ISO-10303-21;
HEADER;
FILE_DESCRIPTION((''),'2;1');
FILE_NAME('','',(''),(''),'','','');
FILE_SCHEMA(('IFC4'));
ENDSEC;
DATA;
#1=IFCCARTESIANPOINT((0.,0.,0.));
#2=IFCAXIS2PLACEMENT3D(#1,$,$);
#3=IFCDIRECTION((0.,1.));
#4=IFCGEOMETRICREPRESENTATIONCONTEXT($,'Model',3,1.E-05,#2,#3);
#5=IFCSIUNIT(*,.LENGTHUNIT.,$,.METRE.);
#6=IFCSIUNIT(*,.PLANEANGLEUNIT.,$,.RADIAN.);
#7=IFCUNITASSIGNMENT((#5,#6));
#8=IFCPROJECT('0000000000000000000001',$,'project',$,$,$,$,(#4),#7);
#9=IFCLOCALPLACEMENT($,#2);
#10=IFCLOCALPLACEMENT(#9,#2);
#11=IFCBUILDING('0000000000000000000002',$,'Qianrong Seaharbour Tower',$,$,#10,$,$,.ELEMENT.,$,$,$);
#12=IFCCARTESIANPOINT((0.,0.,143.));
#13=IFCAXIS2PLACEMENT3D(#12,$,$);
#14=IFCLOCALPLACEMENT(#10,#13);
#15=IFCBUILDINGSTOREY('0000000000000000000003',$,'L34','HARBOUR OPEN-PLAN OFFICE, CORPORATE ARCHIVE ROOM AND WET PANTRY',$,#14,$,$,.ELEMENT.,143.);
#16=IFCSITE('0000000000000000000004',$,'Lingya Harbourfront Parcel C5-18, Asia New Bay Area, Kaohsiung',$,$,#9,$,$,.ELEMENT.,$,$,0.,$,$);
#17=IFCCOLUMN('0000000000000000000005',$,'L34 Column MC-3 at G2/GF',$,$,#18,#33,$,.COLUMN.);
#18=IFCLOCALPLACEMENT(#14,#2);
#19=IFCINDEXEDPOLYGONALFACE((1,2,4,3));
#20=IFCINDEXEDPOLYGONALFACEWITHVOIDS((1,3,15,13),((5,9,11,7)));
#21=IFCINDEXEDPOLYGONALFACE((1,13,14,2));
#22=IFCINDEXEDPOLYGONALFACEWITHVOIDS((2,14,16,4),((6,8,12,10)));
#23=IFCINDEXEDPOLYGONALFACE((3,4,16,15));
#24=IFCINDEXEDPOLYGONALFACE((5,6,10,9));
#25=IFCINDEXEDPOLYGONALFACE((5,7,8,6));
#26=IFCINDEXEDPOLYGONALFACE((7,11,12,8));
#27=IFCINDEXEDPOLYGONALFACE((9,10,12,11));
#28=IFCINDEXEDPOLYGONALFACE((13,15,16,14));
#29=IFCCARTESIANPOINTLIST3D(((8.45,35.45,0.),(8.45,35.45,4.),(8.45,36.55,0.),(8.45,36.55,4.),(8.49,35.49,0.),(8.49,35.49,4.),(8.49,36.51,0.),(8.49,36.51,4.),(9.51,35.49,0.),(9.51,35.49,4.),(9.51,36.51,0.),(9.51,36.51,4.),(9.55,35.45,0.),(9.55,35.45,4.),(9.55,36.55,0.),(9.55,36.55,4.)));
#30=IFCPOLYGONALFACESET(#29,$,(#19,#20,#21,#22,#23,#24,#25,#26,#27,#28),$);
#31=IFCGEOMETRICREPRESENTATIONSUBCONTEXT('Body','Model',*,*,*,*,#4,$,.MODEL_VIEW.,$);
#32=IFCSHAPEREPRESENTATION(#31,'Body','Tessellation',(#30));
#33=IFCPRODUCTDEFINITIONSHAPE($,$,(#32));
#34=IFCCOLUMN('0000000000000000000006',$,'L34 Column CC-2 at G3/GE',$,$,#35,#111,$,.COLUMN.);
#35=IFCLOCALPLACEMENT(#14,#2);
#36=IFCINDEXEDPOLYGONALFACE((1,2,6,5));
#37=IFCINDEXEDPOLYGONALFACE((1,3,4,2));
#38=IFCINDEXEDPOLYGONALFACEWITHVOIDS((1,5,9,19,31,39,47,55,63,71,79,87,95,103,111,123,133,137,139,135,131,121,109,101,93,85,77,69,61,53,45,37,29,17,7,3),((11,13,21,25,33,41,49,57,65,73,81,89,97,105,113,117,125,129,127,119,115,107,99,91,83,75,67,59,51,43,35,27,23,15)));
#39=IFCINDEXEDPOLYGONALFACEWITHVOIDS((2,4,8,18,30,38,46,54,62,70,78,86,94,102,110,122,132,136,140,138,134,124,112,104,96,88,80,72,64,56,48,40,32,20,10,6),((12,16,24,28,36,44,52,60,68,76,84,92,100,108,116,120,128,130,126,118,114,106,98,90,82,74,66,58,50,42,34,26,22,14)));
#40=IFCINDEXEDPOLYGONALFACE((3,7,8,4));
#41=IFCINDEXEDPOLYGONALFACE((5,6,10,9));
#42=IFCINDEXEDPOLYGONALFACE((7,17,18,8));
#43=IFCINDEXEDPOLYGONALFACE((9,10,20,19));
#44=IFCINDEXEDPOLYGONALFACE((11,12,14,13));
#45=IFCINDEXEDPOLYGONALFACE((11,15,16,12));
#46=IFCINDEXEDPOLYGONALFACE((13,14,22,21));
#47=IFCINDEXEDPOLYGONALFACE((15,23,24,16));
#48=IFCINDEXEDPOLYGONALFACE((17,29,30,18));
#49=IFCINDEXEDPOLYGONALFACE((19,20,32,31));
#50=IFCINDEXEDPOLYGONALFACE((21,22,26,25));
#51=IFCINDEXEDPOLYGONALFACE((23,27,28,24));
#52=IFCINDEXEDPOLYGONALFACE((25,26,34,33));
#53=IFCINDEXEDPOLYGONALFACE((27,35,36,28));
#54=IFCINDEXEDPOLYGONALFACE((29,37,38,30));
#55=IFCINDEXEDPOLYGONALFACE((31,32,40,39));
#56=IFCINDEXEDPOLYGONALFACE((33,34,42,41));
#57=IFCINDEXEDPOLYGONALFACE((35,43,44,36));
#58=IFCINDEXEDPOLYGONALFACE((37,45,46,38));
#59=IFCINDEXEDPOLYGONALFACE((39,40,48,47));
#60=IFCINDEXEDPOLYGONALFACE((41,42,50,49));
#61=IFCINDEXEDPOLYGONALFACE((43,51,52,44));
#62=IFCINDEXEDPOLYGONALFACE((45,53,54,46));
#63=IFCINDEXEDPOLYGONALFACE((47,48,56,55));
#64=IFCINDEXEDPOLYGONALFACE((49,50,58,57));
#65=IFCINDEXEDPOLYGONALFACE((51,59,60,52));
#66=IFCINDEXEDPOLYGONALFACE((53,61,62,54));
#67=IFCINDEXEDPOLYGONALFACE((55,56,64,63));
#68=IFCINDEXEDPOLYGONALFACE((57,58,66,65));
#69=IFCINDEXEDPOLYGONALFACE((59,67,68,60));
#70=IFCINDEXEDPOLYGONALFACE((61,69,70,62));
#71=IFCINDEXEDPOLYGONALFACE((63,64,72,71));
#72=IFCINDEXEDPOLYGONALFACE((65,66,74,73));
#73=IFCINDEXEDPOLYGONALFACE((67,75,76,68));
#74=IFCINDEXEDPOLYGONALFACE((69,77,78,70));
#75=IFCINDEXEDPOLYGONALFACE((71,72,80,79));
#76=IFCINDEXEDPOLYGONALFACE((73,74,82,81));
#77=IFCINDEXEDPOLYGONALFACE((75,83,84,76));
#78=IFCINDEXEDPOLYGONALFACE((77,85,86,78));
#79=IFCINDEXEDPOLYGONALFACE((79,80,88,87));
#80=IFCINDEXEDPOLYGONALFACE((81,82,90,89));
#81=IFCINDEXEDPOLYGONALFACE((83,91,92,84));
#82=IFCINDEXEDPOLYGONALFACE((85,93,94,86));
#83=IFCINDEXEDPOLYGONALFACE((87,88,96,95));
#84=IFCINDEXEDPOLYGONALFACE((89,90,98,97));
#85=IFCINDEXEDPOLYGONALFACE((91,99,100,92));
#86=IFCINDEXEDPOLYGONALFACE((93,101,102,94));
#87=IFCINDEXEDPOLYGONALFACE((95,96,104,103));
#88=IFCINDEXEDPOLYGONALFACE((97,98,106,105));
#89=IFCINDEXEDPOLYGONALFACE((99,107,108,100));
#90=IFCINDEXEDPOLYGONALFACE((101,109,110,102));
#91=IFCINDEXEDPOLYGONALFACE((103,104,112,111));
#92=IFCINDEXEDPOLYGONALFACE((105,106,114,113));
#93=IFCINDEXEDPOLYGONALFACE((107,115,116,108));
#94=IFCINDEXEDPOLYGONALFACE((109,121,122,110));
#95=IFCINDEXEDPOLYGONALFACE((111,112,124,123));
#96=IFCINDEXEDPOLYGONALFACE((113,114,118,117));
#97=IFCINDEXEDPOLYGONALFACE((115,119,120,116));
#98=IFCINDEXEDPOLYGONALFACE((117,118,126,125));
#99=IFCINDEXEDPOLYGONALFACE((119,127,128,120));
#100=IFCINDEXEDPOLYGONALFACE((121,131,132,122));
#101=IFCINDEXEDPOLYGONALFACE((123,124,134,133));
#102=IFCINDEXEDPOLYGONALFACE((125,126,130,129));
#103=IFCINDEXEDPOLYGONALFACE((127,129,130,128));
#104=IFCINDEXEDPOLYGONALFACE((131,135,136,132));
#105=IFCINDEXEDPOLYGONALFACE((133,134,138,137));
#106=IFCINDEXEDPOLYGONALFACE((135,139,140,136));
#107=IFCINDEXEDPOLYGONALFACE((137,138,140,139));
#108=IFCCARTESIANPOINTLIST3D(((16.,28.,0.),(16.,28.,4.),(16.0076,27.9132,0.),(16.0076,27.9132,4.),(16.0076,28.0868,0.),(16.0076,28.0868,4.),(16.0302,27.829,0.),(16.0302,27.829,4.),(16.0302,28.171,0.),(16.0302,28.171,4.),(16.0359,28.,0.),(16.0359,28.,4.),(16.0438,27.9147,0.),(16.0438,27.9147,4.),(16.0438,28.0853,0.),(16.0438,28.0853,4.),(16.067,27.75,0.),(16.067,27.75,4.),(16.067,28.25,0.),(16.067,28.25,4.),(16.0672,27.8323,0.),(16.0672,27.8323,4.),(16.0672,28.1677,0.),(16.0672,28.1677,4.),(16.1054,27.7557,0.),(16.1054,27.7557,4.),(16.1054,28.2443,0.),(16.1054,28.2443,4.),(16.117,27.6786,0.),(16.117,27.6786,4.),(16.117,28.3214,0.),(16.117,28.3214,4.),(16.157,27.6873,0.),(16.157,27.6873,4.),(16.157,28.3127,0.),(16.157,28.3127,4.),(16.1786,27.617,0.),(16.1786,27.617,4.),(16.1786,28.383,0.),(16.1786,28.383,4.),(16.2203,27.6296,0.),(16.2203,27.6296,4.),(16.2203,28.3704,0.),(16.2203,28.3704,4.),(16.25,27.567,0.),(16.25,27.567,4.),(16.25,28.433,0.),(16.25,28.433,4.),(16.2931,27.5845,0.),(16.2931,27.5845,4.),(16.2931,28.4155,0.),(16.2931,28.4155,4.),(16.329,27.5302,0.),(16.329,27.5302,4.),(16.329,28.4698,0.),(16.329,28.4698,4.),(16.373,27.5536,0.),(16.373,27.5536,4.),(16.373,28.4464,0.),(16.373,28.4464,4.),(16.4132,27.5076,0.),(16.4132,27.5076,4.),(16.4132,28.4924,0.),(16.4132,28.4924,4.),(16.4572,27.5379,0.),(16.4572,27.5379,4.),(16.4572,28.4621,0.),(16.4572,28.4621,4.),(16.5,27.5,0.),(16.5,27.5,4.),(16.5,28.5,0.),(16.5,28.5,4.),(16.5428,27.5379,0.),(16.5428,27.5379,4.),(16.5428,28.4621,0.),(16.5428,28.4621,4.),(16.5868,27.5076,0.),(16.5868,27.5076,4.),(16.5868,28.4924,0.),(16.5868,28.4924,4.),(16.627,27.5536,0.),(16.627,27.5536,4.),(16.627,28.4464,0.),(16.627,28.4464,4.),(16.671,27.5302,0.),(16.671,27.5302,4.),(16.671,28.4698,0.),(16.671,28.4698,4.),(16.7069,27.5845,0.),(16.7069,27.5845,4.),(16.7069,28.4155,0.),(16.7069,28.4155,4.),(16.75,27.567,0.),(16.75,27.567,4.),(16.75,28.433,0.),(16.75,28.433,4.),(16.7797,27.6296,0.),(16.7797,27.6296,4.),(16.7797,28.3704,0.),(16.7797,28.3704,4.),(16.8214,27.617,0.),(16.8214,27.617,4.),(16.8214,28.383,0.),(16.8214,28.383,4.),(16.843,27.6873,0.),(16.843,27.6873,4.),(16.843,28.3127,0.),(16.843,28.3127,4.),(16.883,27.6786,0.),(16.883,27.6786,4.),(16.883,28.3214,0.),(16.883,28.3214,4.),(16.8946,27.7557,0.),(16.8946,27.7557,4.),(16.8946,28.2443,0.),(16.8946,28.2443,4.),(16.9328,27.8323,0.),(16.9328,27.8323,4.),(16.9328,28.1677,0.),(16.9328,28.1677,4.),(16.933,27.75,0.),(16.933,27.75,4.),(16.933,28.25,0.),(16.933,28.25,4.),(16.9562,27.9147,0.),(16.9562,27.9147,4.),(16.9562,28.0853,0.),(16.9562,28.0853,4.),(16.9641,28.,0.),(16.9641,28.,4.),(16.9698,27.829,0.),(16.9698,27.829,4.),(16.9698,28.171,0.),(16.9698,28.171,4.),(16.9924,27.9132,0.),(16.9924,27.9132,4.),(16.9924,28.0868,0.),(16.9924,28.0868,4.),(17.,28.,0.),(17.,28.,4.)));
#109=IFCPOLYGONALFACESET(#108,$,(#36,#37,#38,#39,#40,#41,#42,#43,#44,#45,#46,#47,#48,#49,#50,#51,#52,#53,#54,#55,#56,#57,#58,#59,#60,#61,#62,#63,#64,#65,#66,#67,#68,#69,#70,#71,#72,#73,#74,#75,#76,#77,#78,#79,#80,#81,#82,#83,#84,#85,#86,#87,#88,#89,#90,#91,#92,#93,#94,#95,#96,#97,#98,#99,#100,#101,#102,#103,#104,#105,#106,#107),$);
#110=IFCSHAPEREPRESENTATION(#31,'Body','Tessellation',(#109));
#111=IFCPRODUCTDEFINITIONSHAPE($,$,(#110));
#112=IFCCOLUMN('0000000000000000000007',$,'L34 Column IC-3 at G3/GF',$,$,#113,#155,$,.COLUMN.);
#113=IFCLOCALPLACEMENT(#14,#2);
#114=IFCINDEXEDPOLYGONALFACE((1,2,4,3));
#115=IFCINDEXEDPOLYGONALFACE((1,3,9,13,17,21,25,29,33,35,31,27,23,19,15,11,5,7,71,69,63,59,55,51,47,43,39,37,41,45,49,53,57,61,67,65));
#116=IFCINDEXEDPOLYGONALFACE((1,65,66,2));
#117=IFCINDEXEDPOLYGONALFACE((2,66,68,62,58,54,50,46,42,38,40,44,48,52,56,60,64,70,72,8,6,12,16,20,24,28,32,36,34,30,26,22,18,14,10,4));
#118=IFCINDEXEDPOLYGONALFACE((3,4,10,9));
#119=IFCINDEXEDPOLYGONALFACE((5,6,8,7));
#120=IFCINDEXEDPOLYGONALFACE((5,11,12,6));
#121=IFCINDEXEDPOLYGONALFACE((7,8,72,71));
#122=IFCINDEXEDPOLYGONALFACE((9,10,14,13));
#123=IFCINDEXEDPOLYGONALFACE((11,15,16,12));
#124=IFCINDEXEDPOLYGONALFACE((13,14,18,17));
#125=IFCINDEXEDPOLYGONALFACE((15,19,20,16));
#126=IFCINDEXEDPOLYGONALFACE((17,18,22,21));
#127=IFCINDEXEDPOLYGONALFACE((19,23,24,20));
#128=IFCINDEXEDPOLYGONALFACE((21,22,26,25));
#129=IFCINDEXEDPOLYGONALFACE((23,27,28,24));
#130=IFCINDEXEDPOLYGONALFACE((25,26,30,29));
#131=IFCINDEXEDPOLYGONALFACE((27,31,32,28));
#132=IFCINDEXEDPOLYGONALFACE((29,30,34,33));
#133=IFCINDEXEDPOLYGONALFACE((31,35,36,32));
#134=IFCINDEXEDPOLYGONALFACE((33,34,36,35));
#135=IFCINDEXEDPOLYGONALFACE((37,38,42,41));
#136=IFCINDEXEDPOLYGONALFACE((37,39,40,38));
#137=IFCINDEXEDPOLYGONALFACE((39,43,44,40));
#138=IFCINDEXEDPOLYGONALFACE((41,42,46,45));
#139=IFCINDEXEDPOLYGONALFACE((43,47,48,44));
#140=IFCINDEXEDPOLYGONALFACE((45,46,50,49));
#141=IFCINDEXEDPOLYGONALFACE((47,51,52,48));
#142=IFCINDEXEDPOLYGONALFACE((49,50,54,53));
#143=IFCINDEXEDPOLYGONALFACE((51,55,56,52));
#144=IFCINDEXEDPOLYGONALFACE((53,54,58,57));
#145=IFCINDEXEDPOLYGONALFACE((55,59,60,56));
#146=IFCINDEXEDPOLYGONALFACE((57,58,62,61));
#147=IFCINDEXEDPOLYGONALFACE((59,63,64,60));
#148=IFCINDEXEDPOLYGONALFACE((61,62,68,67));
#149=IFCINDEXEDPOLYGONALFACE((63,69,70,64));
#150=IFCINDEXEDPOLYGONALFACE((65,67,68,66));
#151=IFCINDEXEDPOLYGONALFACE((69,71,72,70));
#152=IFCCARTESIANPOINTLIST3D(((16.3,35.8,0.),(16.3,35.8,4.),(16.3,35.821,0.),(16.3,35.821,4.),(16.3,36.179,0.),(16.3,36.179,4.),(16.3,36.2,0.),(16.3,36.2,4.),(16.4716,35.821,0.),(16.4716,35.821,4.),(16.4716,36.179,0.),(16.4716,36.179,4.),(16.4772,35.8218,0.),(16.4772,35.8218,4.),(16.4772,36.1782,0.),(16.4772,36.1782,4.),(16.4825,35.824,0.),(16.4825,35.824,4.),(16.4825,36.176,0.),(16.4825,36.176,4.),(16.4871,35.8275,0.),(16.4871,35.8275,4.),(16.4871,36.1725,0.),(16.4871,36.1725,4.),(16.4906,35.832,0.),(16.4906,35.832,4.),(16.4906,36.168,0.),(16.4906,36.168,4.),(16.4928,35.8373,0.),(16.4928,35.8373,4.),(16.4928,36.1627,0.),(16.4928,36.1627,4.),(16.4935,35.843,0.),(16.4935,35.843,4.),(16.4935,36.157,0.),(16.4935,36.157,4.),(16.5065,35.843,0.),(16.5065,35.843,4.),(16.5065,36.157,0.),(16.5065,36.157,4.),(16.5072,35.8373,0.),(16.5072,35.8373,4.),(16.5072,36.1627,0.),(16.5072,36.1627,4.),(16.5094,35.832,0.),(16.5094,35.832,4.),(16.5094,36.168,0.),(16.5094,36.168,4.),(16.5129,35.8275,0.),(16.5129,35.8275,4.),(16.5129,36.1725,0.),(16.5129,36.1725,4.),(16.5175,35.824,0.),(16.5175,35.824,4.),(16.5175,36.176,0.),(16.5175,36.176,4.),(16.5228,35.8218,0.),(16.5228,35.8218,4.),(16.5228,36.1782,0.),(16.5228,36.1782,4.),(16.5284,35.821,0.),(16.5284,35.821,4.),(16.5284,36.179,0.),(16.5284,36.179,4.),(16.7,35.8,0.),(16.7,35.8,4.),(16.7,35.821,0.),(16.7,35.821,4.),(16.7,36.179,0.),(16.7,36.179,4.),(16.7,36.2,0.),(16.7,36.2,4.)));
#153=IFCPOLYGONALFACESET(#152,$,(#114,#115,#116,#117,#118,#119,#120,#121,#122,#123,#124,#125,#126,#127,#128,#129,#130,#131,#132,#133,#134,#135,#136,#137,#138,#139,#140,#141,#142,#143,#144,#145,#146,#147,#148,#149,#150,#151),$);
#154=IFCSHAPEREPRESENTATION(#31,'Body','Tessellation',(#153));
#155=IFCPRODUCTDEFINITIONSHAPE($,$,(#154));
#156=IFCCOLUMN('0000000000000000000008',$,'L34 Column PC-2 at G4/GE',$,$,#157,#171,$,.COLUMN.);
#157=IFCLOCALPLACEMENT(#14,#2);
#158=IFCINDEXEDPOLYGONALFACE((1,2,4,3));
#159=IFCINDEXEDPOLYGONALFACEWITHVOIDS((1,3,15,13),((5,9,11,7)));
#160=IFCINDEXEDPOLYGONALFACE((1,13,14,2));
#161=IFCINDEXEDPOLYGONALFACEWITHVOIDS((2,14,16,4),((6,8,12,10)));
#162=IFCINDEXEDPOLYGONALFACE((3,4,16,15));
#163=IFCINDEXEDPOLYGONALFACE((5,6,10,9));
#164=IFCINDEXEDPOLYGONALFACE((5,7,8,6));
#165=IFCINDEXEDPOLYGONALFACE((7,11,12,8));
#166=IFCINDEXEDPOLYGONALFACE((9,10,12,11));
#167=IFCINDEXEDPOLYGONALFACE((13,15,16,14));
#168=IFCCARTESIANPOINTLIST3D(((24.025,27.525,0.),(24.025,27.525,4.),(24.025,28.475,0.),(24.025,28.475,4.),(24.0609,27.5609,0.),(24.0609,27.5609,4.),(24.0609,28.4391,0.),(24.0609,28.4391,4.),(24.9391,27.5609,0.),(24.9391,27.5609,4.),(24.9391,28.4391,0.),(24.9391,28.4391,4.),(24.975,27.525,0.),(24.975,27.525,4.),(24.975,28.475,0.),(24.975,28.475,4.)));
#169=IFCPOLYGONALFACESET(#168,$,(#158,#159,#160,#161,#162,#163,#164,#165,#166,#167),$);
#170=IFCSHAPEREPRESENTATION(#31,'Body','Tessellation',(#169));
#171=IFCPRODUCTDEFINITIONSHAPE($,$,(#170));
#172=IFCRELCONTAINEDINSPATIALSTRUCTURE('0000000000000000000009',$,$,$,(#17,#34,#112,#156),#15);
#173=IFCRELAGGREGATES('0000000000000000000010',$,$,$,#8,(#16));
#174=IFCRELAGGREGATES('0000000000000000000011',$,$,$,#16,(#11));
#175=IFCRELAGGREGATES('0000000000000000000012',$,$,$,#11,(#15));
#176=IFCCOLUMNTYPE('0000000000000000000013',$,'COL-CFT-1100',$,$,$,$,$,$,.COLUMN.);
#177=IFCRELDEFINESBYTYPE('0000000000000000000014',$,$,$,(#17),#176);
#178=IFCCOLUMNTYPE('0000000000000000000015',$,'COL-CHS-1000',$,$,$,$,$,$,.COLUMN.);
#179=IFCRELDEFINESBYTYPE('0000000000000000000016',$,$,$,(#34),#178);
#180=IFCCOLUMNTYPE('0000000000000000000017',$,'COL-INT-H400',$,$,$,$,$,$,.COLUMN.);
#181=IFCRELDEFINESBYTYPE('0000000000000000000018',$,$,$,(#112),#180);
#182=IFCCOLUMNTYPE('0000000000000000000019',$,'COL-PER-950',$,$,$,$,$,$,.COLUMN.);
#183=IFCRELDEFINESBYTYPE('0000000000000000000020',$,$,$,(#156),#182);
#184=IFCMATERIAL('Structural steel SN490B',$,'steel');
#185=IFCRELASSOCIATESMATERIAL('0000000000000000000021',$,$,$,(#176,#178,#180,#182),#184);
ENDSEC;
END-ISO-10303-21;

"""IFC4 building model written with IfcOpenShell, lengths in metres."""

from ifc_helpers import new_model, si_unit, direction, frame, origin, origin_2d, place, context, subcontext, project, spatial, hollow_rectangle, hollow_circle, i_section, extrude, material, material_profile, profile_set, type_object, element, save


model = new_model("IFC4")

# Units and contexts
model_context = context("Model", 3, precision=1e-05, world=origin(), true_north=direction((0.0, 1.0)))
body_context = subcontext(model_context, "Body", "Model", "MODEL_VIEW")
ifc_project = project(units=[si_unit("LENGTHUNIT", "METRE"), si_unit("PLANEANGLEUNIT", "RADIAN")], contexts=[model_context])

# Site, building, storey
site_placement = place(None, origin())
site = spatial("IfcSite", under=ifc_project, at=site_placement, Name="Lingya Harbourfront Parcel C5-18, Asia New Bay Area, Kaohsiung", CompositionType="ELEMENT", RefElevation=0.0)
building_placement = place(site_placement, origin())
building = spatial("IfcBuilding", under=site, at=building_placement, Name="Qianrong Seaharbour Tower", CompositionType="ELEMENT")
storey_placement = place(building_placement, frame((0.0, 0.0, 143.0)))
storey = spatial("IfcBuildingStorey", under=building, at=storey_placement, Name="L34", Description="HARBOUR OPEN-PLAN OFFICE, CORPORATE ARCHIVE ROOM AND WET PANTRY", CompositionType="ELEMENT", Elevation=143.0)

# Columns
ifc_material_1 = material(Name="Structural steel SN490B", Category="steel")
ifc_material_profile_1 = material_profile(ifc_material_1, hollow_rectangle(XDim=1.1001, YDim=1.1001, WallThickness=0.04, at=origin_2d()), Name="BOX1100x1100x40")
ifc_profile_set_1 = profile_set([ifc_material_profile_1], Name="Structural steel SN490B")
column_type_1 = type_object("IfcColumnType", Name="COL-CFT-1100", PredefinedType="COLUMN", material=ifc_profile_set_1)
column_1_placement = place(storey_placement, frame((9.0, 36.0, 0.0), z_axis=(0.0, 0.0, 1.0), x_axis=(1.0, 0.0, 0.0)))
element("IfcColumn", 1, at=column_1_placement, inside=storey, type_object=column_type_1, Name="L34 Column MC-3 at G2/GF", PredefinedType="COLUMN", context=body_context, shape_type="SweptSolid", body=[
    extrude(hollow_rectangle(XDim=1.1001, YDim=1.1001, WallThickness=0.04, at=origin_2d()), origin(), (0.0, 0.0, 1.0), 4.0),
])
ifc_material_profile_2 = material_profile(ifc_material_1, hollow_circle(Radius=0.5, WallThickness=0.0359, at=origin_2d()), Name="CHS1000x36")
ifc_profile_set_2 = profile_set([ifc_material_profile_2], Name="Structural steel SN490B")
column_type_2 = type_object("IfcColumnType", Name="COL-CHS-1000", PredefinedType="COLUMN", material=ifc_profile_set_2)
column_2_placement = place(storey_placement, frame((16.5, 28.0, 0.0), z_axis=(0.0, 0.0, 1.0), x_axis=(1.0, 0.0, 0.0)))
element("IfcColumn", 2, at=column_2_placement, inside=storey, type_object=column_type_2, Name="L34 Column CC-2 at G3/GE", PredefinedType="COLUMN", context=body_context, shape_type="SweptSolid", body=[
    extrude(hollow_circle(Radius=0.5, WallThickness=0.0359, at=origin_2d()), origin(), (0.0, 0.0, 1.0), 4.0),
])
ifc_material_profile_3 = material_profile(ifc_material_1, i_section(OverallWidth=0.3999, OverallDepth=0.3999, WebThickness=0.0129, FlangeThickness=0.021, FilletRadius=0.022, at=origin_2d()), Name="H400x400x13x21")
ifc_profile_set_3 = profile_set([ifc_material_profile_3], Name="Structural steel SN490B")
column_type_3 = type_object("IfcColumnType", Name="COL-INT-H400", PredefinedType="COLUMN", material=ifc_profile_set_3)
column_3_placement = place(storey_placement, frame((16.5, 36.0, 0.0), z_axis=(0.0, 0.0, 1.0), x_axis=(1.0, 0.0, 0.0)))
element("IfcColumn", 3, at=column_3_placement, inside=storey, type_object=column_type_3, Name="L34 Column IC-3 at G3/GF", PredefinedType="COLUMN", context=body_context, shape_type="SweptSolid", body=[
    extrude(i_section(OverallWidth=0.3999, OverallDepth=0.3999, WebThickness=0.0129, FlangeThickness=0.021, FilletRadius=0.022, at=origin_2d()), origin(), (0.0, 0.0, 1.0), 4.0),
])
ifc_material_profile_4 = material_profile(ifc_material_1, hollow_rectangle(XDim=0.95, YDim=0.95, WallThickness=0.0359, at=origin_2d()), Name="BOX950x950x36")
ifc_profile_set_4 = profile_set([ifc_material_profile_4], Name="Structural steel SN490B")
column_type_4 = type_object("IfcColumnType", Name="COL-PER-950", PredefinedType="COLUMN", material=ifc_profile_set_4)
column_4_placement = place(storey_placement, frame((24.5, 28.0, 0.0), z_axis=(0.0, 0.0, 1.0), x_axis=(1.0, 0.0, 0.0)))
element("IfcColumn", 4, at=column_4_placement, inside=storey, type_object=column_type_4, Name="L34 Column PC-2 at G4/GE", PredefinedType="COLUMN", context=body_context, shape_type="SweptSolid", body=[
    extrude(hollow_rectangle(XDim=0.95, YDim=0.95, WallThickness=0.0359, at=origin_2d()), origin(), (0.0, 0.0, 1.0), 4.0),
])

save(model, "model.ifc")
